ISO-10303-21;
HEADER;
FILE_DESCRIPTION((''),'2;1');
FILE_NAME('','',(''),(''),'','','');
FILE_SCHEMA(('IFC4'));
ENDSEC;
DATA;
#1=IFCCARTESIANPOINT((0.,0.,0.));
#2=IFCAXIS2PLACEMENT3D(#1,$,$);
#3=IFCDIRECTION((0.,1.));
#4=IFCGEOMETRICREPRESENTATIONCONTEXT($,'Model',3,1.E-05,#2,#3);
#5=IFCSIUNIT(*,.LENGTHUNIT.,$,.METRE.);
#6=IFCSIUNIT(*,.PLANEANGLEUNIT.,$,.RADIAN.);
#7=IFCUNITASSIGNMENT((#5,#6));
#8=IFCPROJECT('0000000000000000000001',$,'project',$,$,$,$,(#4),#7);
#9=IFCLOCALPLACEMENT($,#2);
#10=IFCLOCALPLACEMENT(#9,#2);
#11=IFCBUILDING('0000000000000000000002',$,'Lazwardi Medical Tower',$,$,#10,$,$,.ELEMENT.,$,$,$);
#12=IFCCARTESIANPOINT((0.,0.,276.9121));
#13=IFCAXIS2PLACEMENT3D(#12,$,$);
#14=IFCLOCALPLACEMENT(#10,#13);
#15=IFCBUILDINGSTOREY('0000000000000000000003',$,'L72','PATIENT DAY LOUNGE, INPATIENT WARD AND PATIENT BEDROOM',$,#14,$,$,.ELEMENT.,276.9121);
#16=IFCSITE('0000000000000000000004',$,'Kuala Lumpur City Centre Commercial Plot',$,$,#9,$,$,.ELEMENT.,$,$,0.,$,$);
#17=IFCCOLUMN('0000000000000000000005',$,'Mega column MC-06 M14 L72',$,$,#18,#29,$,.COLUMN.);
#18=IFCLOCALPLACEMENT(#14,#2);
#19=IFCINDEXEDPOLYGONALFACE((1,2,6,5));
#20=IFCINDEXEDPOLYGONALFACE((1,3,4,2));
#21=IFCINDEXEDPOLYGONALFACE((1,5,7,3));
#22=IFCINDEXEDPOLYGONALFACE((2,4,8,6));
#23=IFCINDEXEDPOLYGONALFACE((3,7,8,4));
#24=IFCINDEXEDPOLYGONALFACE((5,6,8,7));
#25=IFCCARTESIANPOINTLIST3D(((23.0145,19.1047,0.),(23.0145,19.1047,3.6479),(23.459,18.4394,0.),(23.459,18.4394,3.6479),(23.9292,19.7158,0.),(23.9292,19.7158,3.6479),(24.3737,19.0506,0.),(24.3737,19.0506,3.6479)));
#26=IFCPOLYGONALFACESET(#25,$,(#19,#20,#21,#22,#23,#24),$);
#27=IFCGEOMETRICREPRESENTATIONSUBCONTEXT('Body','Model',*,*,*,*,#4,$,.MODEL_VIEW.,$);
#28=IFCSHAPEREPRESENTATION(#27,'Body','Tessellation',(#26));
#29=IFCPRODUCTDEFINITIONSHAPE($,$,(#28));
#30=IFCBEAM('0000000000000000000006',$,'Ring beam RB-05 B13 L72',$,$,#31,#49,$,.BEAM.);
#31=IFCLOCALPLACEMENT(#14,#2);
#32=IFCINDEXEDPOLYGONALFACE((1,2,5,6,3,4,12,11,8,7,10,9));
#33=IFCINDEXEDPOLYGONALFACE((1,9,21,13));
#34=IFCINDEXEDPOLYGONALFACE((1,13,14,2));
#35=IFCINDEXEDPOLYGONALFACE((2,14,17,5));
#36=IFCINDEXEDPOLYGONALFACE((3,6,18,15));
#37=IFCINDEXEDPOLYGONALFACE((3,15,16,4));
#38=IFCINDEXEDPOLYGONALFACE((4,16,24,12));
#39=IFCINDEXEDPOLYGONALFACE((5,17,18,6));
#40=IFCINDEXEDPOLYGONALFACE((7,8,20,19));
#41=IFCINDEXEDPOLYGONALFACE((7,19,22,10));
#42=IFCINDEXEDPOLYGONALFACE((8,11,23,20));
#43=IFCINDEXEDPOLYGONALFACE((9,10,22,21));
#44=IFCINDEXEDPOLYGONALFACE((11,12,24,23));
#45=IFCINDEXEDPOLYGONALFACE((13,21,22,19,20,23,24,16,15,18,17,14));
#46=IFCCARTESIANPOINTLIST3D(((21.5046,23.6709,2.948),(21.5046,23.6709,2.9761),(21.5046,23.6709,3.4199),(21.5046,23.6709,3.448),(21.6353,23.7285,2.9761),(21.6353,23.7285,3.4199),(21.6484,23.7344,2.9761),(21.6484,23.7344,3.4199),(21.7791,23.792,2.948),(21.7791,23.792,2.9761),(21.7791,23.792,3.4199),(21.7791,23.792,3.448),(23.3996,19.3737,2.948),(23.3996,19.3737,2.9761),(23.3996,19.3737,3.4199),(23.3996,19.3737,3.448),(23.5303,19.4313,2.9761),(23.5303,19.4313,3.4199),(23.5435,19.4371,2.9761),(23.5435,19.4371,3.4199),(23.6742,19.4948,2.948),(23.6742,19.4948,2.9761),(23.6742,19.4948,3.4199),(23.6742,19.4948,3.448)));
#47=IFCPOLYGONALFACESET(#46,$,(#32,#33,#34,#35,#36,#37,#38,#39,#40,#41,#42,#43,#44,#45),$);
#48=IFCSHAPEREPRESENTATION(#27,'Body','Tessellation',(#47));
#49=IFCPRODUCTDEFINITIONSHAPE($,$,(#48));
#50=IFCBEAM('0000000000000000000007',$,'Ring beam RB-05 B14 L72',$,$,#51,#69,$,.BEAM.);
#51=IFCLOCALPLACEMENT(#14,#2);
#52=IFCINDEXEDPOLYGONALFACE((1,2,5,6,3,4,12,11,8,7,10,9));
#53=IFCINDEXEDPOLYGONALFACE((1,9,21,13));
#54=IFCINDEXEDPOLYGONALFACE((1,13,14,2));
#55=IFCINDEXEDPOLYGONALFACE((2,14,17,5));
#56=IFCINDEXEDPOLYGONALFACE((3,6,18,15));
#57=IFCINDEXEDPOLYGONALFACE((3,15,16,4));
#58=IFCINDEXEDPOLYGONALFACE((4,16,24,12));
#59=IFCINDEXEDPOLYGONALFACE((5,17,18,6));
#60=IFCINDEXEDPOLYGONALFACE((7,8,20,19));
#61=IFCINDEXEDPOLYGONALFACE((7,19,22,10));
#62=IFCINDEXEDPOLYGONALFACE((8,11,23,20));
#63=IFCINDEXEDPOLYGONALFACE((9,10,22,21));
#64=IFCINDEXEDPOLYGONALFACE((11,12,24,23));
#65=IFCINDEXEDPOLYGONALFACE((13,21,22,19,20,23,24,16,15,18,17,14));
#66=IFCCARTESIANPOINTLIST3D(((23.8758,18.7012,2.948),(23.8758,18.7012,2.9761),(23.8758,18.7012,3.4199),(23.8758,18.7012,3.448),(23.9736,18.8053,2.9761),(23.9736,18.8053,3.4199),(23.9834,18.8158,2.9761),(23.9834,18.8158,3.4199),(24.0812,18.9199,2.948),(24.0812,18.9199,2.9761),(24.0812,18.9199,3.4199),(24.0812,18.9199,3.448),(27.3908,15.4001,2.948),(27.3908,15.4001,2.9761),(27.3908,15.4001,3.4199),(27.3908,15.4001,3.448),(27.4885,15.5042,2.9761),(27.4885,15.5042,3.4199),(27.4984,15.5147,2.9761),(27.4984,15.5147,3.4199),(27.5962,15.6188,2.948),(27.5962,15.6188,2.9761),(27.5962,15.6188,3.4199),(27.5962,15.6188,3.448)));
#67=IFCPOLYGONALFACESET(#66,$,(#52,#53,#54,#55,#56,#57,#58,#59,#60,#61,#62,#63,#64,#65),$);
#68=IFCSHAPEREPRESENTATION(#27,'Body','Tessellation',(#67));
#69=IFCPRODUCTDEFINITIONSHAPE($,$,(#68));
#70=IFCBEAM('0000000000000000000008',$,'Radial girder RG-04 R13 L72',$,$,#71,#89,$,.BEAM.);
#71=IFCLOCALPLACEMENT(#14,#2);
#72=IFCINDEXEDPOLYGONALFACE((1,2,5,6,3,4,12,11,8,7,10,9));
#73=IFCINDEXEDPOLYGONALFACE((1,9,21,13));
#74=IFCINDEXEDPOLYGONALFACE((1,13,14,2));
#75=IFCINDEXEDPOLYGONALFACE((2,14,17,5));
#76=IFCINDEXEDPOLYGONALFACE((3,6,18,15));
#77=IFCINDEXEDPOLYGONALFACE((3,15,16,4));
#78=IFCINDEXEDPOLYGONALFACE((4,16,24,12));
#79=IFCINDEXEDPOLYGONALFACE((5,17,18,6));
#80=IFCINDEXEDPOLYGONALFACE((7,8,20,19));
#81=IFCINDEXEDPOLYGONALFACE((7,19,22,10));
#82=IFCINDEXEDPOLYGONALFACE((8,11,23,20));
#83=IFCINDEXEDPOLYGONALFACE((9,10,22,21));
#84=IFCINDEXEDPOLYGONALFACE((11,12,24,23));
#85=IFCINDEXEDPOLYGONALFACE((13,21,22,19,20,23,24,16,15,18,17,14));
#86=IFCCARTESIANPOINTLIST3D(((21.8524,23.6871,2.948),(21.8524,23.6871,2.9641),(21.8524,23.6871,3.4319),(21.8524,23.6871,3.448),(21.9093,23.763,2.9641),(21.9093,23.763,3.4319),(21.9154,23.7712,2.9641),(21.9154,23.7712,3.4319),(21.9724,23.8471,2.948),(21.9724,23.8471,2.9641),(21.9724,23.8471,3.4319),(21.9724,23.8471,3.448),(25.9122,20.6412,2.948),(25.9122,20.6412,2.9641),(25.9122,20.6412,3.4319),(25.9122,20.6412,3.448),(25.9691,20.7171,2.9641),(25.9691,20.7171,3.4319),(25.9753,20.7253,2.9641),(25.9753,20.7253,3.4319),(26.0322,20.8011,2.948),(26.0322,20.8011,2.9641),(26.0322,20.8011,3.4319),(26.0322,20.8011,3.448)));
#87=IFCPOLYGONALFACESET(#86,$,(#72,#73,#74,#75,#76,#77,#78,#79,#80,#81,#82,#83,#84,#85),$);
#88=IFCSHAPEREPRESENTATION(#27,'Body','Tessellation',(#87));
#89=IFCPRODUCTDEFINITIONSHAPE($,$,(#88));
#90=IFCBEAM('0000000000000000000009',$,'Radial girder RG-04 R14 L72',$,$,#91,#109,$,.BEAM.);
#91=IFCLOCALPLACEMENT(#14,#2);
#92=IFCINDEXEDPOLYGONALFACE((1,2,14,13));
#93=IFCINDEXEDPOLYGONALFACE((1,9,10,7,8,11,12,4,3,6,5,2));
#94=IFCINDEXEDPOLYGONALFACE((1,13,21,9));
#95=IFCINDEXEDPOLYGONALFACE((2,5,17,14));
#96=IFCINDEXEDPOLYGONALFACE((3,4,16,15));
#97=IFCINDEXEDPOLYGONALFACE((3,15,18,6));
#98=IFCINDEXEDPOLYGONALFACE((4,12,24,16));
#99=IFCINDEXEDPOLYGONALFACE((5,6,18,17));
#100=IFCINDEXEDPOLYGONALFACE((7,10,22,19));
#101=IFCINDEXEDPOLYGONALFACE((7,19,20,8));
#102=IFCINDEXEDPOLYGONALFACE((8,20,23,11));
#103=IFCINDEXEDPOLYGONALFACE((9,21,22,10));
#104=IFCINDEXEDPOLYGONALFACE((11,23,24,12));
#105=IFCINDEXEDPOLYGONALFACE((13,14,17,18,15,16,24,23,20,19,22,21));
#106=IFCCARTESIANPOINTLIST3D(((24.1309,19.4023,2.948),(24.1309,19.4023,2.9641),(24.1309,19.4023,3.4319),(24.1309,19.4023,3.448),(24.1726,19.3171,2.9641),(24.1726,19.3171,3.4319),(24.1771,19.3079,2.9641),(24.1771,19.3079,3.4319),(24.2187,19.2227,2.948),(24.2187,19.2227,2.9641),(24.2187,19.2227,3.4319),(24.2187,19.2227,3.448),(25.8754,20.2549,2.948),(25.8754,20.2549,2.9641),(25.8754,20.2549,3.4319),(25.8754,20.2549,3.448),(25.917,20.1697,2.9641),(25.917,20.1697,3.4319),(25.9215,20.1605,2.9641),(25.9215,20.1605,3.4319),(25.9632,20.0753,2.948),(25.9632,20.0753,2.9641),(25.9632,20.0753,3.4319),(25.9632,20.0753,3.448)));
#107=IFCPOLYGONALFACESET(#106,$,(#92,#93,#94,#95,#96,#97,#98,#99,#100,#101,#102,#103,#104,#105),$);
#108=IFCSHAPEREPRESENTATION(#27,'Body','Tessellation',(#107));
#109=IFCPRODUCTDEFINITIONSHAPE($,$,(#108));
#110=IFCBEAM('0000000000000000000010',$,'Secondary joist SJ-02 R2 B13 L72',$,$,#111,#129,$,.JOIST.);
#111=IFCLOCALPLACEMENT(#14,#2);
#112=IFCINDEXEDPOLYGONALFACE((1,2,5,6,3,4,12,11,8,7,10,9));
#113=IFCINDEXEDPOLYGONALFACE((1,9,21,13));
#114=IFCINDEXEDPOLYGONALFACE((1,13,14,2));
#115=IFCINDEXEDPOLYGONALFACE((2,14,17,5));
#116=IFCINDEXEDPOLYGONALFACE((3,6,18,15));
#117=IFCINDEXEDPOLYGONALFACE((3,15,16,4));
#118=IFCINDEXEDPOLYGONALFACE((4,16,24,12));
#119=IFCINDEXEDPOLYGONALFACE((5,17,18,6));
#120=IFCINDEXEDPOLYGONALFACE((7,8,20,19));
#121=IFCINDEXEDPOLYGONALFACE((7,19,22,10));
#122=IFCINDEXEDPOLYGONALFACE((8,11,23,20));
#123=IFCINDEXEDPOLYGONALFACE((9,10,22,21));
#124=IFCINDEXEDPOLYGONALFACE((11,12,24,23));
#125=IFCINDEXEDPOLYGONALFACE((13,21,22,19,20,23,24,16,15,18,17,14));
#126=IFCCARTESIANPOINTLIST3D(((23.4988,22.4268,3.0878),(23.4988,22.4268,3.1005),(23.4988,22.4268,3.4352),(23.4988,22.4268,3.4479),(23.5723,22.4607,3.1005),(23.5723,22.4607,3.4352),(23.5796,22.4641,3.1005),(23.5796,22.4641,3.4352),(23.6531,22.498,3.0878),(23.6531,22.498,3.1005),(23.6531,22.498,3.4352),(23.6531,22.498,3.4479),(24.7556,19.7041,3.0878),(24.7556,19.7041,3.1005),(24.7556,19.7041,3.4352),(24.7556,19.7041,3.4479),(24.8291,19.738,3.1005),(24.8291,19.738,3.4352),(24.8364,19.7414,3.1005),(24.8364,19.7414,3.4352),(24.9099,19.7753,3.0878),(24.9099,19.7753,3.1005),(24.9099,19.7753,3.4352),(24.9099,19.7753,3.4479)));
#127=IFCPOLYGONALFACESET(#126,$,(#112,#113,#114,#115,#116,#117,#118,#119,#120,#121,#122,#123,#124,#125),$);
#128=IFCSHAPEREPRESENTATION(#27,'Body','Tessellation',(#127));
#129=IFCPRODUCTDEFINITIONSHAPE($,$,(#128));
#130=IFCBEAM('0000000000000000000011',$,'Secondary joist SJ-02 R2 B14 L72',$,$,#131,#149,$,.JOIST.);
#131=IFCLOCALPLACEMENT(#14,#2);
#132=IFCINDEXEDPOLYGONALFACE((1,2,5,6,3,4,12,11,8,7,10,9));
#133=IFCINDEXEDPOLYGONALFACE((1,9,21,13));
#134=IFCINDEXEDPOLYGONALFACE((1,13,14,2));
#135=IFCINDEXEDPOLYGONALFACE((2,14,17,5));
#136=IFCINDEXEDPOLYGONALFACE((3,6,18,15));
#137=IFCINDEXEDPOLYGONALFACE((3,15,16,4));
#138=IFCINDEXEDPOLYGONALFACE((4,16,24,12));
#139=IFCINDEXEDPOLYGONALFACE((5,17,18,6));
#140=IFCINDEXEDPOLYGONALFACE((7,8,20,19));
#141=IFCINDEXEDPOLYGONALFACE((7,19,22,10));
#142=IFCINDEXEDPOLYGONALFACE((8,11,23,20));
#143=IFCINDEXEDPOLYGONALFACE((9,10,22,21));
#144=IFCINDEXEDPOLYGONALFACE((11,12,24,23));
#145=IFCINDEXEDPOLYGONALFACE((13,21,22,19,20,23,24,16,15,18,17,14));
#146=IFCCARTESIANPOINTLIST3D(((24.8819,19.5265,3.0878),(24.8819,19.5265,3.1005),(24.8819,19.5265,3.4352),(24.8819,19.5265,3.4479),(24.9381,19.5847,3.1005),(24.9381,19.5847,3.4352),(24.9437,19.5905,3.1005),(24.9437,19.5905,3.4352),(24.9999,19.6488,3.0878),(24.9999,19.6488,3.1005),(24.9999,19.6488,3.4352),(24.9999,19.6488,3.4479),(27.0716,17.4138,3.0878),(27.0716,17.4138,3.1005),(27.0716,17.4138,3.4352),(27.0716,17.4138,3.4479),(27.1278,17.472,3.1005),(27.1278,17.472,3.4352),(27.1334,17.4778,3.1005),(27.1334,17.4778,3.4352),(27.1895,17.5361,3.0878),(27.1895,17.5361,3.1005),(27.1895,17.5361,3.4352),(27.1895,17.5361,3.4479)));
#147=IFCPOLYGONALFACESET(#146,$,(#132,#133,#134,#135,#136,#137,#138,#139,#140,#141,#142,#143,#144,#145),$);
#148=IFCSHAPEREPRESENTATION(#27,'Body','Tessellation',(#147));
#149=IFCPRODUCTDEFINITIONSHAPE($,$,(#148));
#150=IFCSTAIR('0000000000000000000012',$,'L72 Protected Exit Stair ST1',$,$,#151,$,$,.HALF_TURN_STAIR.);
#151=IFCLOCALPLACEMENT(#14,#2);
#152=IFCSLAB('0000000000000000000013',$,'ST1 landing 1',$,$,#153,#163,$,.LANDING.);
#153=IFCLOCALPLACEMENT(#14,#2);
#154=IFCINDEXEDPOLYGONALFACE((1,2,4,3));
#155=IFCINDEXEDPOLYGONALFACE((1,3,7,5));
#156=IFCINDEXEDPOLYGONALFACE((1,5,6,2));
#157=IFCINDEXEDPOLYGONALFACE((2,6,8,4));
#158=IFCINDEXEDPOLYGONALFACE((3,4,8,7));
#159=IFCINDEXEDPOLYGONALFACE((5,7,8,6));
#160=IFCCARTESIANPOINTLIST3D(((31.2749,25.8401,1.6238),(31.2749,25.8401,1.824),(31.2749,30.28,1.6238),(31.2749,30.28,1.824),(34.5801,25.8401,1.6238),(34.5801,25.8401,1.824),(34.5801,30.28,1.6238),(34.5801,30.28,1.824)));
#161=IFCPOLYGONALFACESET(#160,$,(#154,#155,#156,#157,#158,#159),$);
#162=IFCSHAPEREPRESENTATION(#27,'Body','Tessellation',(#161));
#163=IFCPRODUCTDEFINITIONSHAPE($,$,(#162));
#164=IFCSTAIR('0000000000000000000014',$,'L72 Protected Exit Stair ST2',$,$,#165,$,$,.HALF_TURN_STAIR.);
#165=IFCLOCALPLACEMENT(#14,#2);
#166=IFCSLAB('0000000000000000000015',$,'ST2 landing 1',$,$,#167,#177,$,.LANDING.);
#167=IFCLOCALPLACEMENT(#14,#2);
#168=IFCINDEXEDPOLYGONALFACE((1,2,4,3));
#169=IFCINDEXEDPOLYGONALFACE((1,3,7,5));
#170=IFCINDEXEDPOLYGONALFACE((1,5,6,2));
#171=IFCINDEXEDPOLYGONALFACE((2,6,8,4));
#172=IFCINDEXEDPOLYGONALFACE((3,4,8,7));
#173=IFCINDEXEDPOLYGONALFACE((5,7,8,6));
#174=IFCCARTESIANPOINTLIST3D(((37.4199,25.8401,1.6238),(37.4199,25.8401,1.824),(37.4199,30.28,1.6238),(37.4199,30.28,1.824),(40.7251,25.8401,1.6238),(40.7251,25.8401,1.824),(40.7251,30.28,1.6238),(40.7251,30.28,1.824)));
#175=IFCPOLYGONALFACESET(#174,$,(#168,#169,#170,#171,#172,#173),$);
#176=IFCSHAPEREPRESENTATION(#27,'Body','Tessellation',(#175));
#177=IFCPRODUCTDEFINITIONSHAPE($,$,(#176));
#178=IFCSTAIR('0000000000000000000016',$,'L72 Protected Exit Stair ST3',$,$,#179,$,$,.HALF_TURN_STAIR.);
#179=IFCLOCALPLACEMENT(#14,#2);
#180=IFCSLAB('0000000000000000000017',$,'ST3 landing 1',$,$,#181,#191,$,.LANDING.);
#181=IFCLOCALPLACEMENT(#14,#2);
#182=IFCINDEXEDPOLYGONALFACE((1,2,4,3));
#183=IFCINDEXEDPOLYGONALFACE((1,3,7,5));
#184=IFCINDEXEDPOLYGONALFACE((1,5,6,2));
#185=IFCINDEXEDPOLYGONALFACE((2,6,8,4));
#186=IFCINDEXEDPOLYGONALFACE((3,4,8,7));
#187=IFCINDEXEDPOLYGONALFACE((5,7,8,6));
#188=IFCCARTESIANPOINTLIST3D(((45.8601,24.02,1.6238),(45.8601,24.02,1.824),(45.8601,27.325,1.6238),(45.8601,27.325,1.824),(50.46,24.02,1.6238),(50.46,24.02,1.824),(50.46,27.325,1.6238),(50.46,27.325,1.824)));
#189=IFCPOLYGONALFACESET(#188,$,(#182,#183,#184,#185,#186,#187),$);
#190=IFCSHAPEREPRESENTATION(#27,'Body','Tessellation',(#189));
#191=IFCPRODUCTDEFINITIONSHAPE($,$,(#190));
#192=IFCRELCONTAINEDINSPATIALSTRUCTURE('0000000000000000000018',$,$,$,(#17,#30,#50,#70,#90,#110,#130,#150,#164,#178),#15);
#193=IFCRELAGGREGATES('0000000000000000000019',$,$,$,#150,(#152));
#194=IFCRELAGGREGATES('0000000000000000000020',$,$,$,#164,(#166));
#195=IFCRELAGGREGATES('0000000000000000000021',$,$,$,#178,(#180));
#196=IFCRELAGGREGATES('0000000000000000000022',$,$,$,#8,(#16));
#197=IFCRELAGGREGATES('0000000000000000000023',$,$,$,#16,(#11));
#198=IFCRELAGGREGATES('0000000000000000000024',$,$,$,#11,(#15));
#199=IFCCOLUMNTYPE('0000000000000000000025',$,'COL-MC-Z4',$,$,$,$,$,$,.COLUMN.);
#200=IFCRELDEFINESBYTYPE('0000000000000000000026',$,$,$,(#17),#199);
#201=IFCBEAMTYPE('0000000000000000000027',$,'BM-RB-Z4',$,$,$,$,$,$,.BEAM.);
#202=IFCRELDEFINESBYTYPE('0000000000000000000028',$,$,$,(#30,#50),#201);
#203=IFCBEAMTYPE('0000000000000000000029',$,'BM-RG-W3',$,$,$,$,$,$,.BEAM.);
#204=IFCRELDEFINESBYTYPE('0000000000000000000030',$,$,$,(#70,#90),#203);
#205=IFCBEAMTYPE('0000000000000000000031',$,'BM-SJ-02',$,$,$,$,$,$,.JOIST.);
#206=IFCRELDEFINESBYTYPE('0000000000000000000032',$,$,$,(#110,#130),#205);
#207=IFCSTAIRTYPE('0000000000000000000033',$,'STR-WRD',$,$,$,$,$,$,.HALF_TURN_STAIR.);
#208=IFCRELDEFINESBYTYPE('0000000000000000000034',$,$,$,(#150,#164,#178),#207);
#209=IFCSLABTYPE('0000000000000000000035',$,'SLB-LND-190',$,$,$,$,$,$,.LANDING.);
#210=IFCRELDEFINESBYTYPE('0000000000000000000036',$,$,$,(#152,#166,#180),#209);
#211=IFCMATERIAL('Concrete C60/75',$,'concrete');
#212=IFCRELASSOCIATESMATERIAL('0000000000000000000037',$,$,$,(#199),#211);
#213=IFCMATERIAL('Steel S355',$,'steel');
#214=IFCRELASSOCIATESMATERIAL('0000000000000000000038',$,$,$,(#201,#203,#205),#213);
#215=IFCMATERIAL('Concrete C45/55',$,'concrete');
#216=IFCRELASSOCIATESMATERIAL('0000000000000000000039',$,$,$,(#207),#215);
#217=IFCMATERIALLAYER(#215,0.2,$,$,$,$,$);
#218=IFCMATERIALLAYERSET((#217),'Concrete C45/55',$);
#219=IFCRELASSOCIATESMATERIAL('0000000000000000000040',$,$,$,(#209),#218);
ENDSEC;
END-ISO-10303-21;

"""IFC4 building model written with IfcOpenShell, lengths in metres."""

from ifc_helpers import new_model, si_unit, direction, frame, origin, origin_2d, place, context, subcontext, project, spatial, polyline, rectangle, i_section, outline, extrude, material, layer, layer_set, material_profile, profile_set, type_object, element, aggregate, save


model = new_model("IFC4")

# Units and contexts
model_context = context("Model", 3, precision=1e-05, world=origin(), true_north=direction((0.0, 1.0)))
body_context = subcontext(model_context, "Body", "Model", "MODEL_VIEW")
ifc_project = project(units=[si_unit("LENGTHUNIT", "METRE"), si_unit("PLANEANGLEUNIT", "RADIAN")], contexts=[model_context])

# Site, building, storey
site_placement = place(None, origin())
site = spatial("IfcSite", under=ifc_project, at=site_placement, Name="Kuala Lumpur City Centre Commercial Plot", CompositionType="ELEMENT", RefElevation=0.0)
building_placement = place(site_placement, origin())
building = spatial("IfcBuilding", under=site, at=building_placement, Name="Lazwardi Medical Tower", CompositionType="ELEMENT")
storey_placement = place(building_placement, frame((0.0, 0.0, 276.9121)))
storey = spatial("IfcBuildingStorey", under=building, at=storey_placement, Name="L72", Description="PATIENT DAY LOUNGE, INPATIENT WARD AND PATIENT BEDROOM", CompositionType="ELEMENT", Elevation=276.9121)

# Column
ifc_material_1 = material(Name="Concrete C60/75", Category="concrete")
ifc_material_profile_1 = material_profile(ifc_material_1, rectangle(XDim=1.1001, YDim=0.8, at=origin_2d()), Name="CFT-RECT 1100x800")
ifc_profile_set_1 = profile_set([ifc_material_profile_1], Name="Concrete C60/75")
column_type = type_object("IfcColumnType", Name="COL-MC-Z4", PredefinedType="COLUMN", material=ifc_profile_set_1)
column_placement = place(storey_placement, frame((23.6941, 19.0776, 0.0), z_axis=(0.0, 0.0, 1.0), x_axis=(-0.83147, -0.55557, 0.0)))
element("IfcColumn", 1, at=column_placement, inside=storey, type_object=column_type, Name="Mega column MC-06 M14 L72", PredefinedType="COLUMN", context=body_context, shape_type="SweptSolid", body=[
    extrude(rectangle(XDim=1.1001, YDim=0.8, at=origin_2d()), origin(), (0.0, 0.0, 1.0), 3.6479),
])

# Beams
ifc_material_2 = material(Name="Steel S355", Category="steel")
ifc_material_profile_2 = material_profile(ifc_material_2, i_section(OverallWidth=0.3, OverallDepth=0.5, WebThickness=0.0144, FlangeThickness=0.0281, at=origin_2d()), Name="HEB 500")
ifc_profile_set_2 = profile_set([ifc_material_profile_2], Name="Steel S355")
beam_type_1 = type_object("IfcBeamType", Name="BM-RB-Z4", PredefinedType="BEAM", material=ifc_profile_set_2)
beam_1_placement = place(storey_placement, frame((21.6418, 23.7314, 3.198), z_axis=(0.403503, -0.914978, 0.0), x_axis=(0.914978, 0.403503, 0.0)))
element("IfcBeam", 2, at=beam_1_placement, inside=storey, type_object=beam_type_1, Name="Ring beam RB-05 B13 L72", PredefinedType="BEAM", context=body_context, shape_type="SweptSolid", body=[
    extrude(i_section(OverallWidth=0.3, OverallDepth=0.5, WebThickness=0.0144, FlangeThickness=0.0281, at=origin_2d()), origin(), (0.0, 0.0, 1.0), 4.6965),
])
beam_2_placement = place(storey_placement, frame((23.9785, 18.8105, 3.198), z_axis=(0.728935, -0.684583, 0.0), x_axis=(0.684583, 0.728935, 0.0)))
element("IfcBeam", 3, at=beam_2_placement, inside=storey, type_object=beam_type_1, Name="Ring beam RB-05 B14 L72", PredefinedType="BEAM", context=body_context, shape_type="SweptSolid", body=[
    extrude(i_section(OverallWidth=0.3, OverallDepth=0.5, WebThickness=0.0144, FlangeThickness=0.0281, at=origin_2d()), origin(), (0.0, 0.0, 1.0), 4.822),
])
ifc_material_profile_3 = material_profile(ifc_material_2, i_section(OverallWidth=0.2, OverallDepth=0.5, WebThickness=0.0103, FlangeThickness=0.0161, at=origin_2d()), Name="IPE 500")
ifc_profile_set_3 = profile_set([ifc_material_profile_3], Name="Steel S355")
beam_type_2 = type_object("IfcBeamType", Name="BM-RG-W3", PredefinedType="BEAM", material=ifc_profile_set_3)
beam_3_placement = place(storey_placement, frame((21.9124, 23.7671, 3.198), z_axis=(0.799902, -0.600131, 0.0), x_axis=(0.600131, 0.799902, 0.0)))
element("IfcBeam", 4, at=beam_3_placement, inside=storey, type_object=beam_type_2, Name="Radial girder RG-04 R13 L72", PredefinedType="BEAM", context=body_context, shape_type="SweptSolid", body=[
    extrude(i_section(OverallWidth=0.2, OverallDepth=0.5, WebThickness=0.0103, FlangeThickness=0.0161, at=origin_2d()), origin(), (0.0, 0.0, 1.0), 5.0754),
])
beam_4_placement = place(storey_placement, frame((24.1748, 19.3125, 3.198), z_axis=(0.898439, 0.439097, 0.0), x_axis=(-0.439097, 0.898439, 0.0)))
element("IfcBeam", 5, at=beam_4_placement, inside=storey, type_object=beam_type_2, Name="Radial girder RG-04 R14 L72", PredefinedType="BEAM", context=body_context, shape_type="SweptSolid", body=[
    extrude(i_section(OverallWidth=0.2, OverallDepth=0.5, WebThickness=0.0103, FlangeThickness=0.0161, at=origin_2d()), origin(), (0.0, 0.0, 1.0), 1.9417),
])
ifc_material_profile_4 = material_profile(ifc_material_2, i_section(OverallWidth=0.1699, OverallDepth=0.3601, WebThickness=0.0081, FlangeThickness=0.0127, at=origin_2d()), Name="IPE 360")
ifc_profile_set_4 = profile_set([ifc_material_profile_4], Name="Steel S355")
beam_type_3 = type_object("IfcBeamType", Name="BM-SJ-02", PredefinedType="JOIST", material=ifc_profile_set_4)
beam_5_placement = place(storey_placement, frame((23.5759, 22.4624, 3.2678), z_axis=(0.41912, -0.907931, 0.0), x_axis=(0.907931, 0.41912, 0.0)))
element("IfcBeam", 6, at=beam_5_placement, inside=storey, type_object=beam_type_3, Name="Secondary joist SJ-02 R2 B13 L72", PredefinedType="JOIST", context=body_context, shape_type="SweptSolid", body=[
    extrude(i_section(OverallWidth=0.1699, OverallDepth=0.3601, WebThickness=0.0081, FlangeThickness=0.0127, at=origin_2d()), origin(), (0.0, 0.0, 1.0), 2.9988),
])
beam_6_placement = place(storey_placement, frame((24.9409, 19.5876, 3.2678), z_axis=(0.719631, -0.694357, 0.0), x_axis=(0.694357, 0.719631, 0.0)))
element("IfcBeam", 7, at=beam_6_placement, inside=storey, type_object=beam_type_3, Name="Secondary joist SJ-02 R2 B14 L72", PredefinedType="JOIST", context=body_context, shape_type="SweptSolid", body=[
    extrude(i_section(OverallWidth=0.1699, OverallDepth=0.3601, WebThickness=0.0081, FlangeThickness=0.0127, at=origin_2d()), origin(), (0.0, 0.0, 1.0), 3.0427),
])

# Stairs, slabs
ifc_material_3 = material(Name="Concrete C45/55", Category="concrete")
stair_type = type_object("IfcStairType", Name="STR-WRD", PredefinedType="HALF_TURN_STAIR", material=ifc_material_3)
stair_1_placement = place(storey_placement, origin())
stair_1 = element("IfcStair", 8, at=stair_1_placement, inside=storey, type_object=stair_type, Name="L72 Protected Exit Stair ST1", PredefinedType="HALF_TURN_STAIR")
ifc_layer_1 = layer(ifc_material_3, 0.2)
ifc_layer_set_1 = layer_set([ifc_layer_1], Name="Concrete C45/55")
slab_type_1 = type_object("IfcSlabType", Name="SLB-LND-190", PredefinedType="LANDING", material=ifc_layer_set_1)
slab_1_placement = place(storey_placement, frame((0.0, 0.0, 1.6238)))
slab_1 = element("IfcSlab", 9, at=slab_1_placement, type_object=slab_type_1, Name="ST1 landing 1", PredefinedType="LANDING", context=body_context, shape_type="SweptSolid", body=[
    extrude(outline(polyline([(31.2749, 25.8401), (34.5801, 25.8401), (34.5801, 30.28), (31.2749, 30.28), (31.2749, 25.8401)])), origin(), (0.0, 0.0, 1.0), 0.2002),
])
aggregate(stair_1, [slab_1])
stair_2_placement = place(storey_placement, origin())
stair_2 = element("IfcStair", 10, at=stair_2_placement, inside=storey, type_object=stair_type, Name="L72 Protected Exit Stair ST2", PredefinedType="HALF_TURN_STAIR")
slab_2_placement = place(storey_placement, frame((0.0, 0.0, 1.6238)))
slab_2 = element("IfcSlab", 11, at=slab_2_placement, type_object=slab_type_1, Name="ST2 landing 1", PredefinedType="LANDING", context=body_context, shape_type="SweptSolid", body=[
    extrude(outline(polyline([(40.7251, 30.28), (37.4199, 30.28), (37.4199, 25.8401), (40.7251, 25.8401), (40.7251, 30.28)])), origin(), (0.0, 0.0, 1.0), 0.2002),
])
aggregate(stair_2, [slab_2])
stair_3_placement = place(storey_placement, origin())
stair_3 = element("IfcStair", 12, at=stair_3_placement, inside=storey, type_object=stair_type, Name="L72 Protected Exit Stair ST3", PredefinedType="HALF_TURN_STAIR")
slab_3_placement = place(storey_placement, frame((0.0, 0.0, 1.6238)))
slab_3 = element("IfcSlab", 13, at=slab_3_placement, type_object=slab_type_1, Name="ST3 landing 1", PredefinedType="LANDING", context=body_context, shape_type="SweptSolid", body=[
    extrude(outline(polyline([(45.8601, 27.325), (45.8601, 24.02), (50.46, 24.02), (50.46, 27.325), (45.8601, 27.325)])), origin(), (0.0, 0.0, 1.0), 0.2002),
])
aggregate(stair_3, [slab_3])

save(model, "model.ifc")
